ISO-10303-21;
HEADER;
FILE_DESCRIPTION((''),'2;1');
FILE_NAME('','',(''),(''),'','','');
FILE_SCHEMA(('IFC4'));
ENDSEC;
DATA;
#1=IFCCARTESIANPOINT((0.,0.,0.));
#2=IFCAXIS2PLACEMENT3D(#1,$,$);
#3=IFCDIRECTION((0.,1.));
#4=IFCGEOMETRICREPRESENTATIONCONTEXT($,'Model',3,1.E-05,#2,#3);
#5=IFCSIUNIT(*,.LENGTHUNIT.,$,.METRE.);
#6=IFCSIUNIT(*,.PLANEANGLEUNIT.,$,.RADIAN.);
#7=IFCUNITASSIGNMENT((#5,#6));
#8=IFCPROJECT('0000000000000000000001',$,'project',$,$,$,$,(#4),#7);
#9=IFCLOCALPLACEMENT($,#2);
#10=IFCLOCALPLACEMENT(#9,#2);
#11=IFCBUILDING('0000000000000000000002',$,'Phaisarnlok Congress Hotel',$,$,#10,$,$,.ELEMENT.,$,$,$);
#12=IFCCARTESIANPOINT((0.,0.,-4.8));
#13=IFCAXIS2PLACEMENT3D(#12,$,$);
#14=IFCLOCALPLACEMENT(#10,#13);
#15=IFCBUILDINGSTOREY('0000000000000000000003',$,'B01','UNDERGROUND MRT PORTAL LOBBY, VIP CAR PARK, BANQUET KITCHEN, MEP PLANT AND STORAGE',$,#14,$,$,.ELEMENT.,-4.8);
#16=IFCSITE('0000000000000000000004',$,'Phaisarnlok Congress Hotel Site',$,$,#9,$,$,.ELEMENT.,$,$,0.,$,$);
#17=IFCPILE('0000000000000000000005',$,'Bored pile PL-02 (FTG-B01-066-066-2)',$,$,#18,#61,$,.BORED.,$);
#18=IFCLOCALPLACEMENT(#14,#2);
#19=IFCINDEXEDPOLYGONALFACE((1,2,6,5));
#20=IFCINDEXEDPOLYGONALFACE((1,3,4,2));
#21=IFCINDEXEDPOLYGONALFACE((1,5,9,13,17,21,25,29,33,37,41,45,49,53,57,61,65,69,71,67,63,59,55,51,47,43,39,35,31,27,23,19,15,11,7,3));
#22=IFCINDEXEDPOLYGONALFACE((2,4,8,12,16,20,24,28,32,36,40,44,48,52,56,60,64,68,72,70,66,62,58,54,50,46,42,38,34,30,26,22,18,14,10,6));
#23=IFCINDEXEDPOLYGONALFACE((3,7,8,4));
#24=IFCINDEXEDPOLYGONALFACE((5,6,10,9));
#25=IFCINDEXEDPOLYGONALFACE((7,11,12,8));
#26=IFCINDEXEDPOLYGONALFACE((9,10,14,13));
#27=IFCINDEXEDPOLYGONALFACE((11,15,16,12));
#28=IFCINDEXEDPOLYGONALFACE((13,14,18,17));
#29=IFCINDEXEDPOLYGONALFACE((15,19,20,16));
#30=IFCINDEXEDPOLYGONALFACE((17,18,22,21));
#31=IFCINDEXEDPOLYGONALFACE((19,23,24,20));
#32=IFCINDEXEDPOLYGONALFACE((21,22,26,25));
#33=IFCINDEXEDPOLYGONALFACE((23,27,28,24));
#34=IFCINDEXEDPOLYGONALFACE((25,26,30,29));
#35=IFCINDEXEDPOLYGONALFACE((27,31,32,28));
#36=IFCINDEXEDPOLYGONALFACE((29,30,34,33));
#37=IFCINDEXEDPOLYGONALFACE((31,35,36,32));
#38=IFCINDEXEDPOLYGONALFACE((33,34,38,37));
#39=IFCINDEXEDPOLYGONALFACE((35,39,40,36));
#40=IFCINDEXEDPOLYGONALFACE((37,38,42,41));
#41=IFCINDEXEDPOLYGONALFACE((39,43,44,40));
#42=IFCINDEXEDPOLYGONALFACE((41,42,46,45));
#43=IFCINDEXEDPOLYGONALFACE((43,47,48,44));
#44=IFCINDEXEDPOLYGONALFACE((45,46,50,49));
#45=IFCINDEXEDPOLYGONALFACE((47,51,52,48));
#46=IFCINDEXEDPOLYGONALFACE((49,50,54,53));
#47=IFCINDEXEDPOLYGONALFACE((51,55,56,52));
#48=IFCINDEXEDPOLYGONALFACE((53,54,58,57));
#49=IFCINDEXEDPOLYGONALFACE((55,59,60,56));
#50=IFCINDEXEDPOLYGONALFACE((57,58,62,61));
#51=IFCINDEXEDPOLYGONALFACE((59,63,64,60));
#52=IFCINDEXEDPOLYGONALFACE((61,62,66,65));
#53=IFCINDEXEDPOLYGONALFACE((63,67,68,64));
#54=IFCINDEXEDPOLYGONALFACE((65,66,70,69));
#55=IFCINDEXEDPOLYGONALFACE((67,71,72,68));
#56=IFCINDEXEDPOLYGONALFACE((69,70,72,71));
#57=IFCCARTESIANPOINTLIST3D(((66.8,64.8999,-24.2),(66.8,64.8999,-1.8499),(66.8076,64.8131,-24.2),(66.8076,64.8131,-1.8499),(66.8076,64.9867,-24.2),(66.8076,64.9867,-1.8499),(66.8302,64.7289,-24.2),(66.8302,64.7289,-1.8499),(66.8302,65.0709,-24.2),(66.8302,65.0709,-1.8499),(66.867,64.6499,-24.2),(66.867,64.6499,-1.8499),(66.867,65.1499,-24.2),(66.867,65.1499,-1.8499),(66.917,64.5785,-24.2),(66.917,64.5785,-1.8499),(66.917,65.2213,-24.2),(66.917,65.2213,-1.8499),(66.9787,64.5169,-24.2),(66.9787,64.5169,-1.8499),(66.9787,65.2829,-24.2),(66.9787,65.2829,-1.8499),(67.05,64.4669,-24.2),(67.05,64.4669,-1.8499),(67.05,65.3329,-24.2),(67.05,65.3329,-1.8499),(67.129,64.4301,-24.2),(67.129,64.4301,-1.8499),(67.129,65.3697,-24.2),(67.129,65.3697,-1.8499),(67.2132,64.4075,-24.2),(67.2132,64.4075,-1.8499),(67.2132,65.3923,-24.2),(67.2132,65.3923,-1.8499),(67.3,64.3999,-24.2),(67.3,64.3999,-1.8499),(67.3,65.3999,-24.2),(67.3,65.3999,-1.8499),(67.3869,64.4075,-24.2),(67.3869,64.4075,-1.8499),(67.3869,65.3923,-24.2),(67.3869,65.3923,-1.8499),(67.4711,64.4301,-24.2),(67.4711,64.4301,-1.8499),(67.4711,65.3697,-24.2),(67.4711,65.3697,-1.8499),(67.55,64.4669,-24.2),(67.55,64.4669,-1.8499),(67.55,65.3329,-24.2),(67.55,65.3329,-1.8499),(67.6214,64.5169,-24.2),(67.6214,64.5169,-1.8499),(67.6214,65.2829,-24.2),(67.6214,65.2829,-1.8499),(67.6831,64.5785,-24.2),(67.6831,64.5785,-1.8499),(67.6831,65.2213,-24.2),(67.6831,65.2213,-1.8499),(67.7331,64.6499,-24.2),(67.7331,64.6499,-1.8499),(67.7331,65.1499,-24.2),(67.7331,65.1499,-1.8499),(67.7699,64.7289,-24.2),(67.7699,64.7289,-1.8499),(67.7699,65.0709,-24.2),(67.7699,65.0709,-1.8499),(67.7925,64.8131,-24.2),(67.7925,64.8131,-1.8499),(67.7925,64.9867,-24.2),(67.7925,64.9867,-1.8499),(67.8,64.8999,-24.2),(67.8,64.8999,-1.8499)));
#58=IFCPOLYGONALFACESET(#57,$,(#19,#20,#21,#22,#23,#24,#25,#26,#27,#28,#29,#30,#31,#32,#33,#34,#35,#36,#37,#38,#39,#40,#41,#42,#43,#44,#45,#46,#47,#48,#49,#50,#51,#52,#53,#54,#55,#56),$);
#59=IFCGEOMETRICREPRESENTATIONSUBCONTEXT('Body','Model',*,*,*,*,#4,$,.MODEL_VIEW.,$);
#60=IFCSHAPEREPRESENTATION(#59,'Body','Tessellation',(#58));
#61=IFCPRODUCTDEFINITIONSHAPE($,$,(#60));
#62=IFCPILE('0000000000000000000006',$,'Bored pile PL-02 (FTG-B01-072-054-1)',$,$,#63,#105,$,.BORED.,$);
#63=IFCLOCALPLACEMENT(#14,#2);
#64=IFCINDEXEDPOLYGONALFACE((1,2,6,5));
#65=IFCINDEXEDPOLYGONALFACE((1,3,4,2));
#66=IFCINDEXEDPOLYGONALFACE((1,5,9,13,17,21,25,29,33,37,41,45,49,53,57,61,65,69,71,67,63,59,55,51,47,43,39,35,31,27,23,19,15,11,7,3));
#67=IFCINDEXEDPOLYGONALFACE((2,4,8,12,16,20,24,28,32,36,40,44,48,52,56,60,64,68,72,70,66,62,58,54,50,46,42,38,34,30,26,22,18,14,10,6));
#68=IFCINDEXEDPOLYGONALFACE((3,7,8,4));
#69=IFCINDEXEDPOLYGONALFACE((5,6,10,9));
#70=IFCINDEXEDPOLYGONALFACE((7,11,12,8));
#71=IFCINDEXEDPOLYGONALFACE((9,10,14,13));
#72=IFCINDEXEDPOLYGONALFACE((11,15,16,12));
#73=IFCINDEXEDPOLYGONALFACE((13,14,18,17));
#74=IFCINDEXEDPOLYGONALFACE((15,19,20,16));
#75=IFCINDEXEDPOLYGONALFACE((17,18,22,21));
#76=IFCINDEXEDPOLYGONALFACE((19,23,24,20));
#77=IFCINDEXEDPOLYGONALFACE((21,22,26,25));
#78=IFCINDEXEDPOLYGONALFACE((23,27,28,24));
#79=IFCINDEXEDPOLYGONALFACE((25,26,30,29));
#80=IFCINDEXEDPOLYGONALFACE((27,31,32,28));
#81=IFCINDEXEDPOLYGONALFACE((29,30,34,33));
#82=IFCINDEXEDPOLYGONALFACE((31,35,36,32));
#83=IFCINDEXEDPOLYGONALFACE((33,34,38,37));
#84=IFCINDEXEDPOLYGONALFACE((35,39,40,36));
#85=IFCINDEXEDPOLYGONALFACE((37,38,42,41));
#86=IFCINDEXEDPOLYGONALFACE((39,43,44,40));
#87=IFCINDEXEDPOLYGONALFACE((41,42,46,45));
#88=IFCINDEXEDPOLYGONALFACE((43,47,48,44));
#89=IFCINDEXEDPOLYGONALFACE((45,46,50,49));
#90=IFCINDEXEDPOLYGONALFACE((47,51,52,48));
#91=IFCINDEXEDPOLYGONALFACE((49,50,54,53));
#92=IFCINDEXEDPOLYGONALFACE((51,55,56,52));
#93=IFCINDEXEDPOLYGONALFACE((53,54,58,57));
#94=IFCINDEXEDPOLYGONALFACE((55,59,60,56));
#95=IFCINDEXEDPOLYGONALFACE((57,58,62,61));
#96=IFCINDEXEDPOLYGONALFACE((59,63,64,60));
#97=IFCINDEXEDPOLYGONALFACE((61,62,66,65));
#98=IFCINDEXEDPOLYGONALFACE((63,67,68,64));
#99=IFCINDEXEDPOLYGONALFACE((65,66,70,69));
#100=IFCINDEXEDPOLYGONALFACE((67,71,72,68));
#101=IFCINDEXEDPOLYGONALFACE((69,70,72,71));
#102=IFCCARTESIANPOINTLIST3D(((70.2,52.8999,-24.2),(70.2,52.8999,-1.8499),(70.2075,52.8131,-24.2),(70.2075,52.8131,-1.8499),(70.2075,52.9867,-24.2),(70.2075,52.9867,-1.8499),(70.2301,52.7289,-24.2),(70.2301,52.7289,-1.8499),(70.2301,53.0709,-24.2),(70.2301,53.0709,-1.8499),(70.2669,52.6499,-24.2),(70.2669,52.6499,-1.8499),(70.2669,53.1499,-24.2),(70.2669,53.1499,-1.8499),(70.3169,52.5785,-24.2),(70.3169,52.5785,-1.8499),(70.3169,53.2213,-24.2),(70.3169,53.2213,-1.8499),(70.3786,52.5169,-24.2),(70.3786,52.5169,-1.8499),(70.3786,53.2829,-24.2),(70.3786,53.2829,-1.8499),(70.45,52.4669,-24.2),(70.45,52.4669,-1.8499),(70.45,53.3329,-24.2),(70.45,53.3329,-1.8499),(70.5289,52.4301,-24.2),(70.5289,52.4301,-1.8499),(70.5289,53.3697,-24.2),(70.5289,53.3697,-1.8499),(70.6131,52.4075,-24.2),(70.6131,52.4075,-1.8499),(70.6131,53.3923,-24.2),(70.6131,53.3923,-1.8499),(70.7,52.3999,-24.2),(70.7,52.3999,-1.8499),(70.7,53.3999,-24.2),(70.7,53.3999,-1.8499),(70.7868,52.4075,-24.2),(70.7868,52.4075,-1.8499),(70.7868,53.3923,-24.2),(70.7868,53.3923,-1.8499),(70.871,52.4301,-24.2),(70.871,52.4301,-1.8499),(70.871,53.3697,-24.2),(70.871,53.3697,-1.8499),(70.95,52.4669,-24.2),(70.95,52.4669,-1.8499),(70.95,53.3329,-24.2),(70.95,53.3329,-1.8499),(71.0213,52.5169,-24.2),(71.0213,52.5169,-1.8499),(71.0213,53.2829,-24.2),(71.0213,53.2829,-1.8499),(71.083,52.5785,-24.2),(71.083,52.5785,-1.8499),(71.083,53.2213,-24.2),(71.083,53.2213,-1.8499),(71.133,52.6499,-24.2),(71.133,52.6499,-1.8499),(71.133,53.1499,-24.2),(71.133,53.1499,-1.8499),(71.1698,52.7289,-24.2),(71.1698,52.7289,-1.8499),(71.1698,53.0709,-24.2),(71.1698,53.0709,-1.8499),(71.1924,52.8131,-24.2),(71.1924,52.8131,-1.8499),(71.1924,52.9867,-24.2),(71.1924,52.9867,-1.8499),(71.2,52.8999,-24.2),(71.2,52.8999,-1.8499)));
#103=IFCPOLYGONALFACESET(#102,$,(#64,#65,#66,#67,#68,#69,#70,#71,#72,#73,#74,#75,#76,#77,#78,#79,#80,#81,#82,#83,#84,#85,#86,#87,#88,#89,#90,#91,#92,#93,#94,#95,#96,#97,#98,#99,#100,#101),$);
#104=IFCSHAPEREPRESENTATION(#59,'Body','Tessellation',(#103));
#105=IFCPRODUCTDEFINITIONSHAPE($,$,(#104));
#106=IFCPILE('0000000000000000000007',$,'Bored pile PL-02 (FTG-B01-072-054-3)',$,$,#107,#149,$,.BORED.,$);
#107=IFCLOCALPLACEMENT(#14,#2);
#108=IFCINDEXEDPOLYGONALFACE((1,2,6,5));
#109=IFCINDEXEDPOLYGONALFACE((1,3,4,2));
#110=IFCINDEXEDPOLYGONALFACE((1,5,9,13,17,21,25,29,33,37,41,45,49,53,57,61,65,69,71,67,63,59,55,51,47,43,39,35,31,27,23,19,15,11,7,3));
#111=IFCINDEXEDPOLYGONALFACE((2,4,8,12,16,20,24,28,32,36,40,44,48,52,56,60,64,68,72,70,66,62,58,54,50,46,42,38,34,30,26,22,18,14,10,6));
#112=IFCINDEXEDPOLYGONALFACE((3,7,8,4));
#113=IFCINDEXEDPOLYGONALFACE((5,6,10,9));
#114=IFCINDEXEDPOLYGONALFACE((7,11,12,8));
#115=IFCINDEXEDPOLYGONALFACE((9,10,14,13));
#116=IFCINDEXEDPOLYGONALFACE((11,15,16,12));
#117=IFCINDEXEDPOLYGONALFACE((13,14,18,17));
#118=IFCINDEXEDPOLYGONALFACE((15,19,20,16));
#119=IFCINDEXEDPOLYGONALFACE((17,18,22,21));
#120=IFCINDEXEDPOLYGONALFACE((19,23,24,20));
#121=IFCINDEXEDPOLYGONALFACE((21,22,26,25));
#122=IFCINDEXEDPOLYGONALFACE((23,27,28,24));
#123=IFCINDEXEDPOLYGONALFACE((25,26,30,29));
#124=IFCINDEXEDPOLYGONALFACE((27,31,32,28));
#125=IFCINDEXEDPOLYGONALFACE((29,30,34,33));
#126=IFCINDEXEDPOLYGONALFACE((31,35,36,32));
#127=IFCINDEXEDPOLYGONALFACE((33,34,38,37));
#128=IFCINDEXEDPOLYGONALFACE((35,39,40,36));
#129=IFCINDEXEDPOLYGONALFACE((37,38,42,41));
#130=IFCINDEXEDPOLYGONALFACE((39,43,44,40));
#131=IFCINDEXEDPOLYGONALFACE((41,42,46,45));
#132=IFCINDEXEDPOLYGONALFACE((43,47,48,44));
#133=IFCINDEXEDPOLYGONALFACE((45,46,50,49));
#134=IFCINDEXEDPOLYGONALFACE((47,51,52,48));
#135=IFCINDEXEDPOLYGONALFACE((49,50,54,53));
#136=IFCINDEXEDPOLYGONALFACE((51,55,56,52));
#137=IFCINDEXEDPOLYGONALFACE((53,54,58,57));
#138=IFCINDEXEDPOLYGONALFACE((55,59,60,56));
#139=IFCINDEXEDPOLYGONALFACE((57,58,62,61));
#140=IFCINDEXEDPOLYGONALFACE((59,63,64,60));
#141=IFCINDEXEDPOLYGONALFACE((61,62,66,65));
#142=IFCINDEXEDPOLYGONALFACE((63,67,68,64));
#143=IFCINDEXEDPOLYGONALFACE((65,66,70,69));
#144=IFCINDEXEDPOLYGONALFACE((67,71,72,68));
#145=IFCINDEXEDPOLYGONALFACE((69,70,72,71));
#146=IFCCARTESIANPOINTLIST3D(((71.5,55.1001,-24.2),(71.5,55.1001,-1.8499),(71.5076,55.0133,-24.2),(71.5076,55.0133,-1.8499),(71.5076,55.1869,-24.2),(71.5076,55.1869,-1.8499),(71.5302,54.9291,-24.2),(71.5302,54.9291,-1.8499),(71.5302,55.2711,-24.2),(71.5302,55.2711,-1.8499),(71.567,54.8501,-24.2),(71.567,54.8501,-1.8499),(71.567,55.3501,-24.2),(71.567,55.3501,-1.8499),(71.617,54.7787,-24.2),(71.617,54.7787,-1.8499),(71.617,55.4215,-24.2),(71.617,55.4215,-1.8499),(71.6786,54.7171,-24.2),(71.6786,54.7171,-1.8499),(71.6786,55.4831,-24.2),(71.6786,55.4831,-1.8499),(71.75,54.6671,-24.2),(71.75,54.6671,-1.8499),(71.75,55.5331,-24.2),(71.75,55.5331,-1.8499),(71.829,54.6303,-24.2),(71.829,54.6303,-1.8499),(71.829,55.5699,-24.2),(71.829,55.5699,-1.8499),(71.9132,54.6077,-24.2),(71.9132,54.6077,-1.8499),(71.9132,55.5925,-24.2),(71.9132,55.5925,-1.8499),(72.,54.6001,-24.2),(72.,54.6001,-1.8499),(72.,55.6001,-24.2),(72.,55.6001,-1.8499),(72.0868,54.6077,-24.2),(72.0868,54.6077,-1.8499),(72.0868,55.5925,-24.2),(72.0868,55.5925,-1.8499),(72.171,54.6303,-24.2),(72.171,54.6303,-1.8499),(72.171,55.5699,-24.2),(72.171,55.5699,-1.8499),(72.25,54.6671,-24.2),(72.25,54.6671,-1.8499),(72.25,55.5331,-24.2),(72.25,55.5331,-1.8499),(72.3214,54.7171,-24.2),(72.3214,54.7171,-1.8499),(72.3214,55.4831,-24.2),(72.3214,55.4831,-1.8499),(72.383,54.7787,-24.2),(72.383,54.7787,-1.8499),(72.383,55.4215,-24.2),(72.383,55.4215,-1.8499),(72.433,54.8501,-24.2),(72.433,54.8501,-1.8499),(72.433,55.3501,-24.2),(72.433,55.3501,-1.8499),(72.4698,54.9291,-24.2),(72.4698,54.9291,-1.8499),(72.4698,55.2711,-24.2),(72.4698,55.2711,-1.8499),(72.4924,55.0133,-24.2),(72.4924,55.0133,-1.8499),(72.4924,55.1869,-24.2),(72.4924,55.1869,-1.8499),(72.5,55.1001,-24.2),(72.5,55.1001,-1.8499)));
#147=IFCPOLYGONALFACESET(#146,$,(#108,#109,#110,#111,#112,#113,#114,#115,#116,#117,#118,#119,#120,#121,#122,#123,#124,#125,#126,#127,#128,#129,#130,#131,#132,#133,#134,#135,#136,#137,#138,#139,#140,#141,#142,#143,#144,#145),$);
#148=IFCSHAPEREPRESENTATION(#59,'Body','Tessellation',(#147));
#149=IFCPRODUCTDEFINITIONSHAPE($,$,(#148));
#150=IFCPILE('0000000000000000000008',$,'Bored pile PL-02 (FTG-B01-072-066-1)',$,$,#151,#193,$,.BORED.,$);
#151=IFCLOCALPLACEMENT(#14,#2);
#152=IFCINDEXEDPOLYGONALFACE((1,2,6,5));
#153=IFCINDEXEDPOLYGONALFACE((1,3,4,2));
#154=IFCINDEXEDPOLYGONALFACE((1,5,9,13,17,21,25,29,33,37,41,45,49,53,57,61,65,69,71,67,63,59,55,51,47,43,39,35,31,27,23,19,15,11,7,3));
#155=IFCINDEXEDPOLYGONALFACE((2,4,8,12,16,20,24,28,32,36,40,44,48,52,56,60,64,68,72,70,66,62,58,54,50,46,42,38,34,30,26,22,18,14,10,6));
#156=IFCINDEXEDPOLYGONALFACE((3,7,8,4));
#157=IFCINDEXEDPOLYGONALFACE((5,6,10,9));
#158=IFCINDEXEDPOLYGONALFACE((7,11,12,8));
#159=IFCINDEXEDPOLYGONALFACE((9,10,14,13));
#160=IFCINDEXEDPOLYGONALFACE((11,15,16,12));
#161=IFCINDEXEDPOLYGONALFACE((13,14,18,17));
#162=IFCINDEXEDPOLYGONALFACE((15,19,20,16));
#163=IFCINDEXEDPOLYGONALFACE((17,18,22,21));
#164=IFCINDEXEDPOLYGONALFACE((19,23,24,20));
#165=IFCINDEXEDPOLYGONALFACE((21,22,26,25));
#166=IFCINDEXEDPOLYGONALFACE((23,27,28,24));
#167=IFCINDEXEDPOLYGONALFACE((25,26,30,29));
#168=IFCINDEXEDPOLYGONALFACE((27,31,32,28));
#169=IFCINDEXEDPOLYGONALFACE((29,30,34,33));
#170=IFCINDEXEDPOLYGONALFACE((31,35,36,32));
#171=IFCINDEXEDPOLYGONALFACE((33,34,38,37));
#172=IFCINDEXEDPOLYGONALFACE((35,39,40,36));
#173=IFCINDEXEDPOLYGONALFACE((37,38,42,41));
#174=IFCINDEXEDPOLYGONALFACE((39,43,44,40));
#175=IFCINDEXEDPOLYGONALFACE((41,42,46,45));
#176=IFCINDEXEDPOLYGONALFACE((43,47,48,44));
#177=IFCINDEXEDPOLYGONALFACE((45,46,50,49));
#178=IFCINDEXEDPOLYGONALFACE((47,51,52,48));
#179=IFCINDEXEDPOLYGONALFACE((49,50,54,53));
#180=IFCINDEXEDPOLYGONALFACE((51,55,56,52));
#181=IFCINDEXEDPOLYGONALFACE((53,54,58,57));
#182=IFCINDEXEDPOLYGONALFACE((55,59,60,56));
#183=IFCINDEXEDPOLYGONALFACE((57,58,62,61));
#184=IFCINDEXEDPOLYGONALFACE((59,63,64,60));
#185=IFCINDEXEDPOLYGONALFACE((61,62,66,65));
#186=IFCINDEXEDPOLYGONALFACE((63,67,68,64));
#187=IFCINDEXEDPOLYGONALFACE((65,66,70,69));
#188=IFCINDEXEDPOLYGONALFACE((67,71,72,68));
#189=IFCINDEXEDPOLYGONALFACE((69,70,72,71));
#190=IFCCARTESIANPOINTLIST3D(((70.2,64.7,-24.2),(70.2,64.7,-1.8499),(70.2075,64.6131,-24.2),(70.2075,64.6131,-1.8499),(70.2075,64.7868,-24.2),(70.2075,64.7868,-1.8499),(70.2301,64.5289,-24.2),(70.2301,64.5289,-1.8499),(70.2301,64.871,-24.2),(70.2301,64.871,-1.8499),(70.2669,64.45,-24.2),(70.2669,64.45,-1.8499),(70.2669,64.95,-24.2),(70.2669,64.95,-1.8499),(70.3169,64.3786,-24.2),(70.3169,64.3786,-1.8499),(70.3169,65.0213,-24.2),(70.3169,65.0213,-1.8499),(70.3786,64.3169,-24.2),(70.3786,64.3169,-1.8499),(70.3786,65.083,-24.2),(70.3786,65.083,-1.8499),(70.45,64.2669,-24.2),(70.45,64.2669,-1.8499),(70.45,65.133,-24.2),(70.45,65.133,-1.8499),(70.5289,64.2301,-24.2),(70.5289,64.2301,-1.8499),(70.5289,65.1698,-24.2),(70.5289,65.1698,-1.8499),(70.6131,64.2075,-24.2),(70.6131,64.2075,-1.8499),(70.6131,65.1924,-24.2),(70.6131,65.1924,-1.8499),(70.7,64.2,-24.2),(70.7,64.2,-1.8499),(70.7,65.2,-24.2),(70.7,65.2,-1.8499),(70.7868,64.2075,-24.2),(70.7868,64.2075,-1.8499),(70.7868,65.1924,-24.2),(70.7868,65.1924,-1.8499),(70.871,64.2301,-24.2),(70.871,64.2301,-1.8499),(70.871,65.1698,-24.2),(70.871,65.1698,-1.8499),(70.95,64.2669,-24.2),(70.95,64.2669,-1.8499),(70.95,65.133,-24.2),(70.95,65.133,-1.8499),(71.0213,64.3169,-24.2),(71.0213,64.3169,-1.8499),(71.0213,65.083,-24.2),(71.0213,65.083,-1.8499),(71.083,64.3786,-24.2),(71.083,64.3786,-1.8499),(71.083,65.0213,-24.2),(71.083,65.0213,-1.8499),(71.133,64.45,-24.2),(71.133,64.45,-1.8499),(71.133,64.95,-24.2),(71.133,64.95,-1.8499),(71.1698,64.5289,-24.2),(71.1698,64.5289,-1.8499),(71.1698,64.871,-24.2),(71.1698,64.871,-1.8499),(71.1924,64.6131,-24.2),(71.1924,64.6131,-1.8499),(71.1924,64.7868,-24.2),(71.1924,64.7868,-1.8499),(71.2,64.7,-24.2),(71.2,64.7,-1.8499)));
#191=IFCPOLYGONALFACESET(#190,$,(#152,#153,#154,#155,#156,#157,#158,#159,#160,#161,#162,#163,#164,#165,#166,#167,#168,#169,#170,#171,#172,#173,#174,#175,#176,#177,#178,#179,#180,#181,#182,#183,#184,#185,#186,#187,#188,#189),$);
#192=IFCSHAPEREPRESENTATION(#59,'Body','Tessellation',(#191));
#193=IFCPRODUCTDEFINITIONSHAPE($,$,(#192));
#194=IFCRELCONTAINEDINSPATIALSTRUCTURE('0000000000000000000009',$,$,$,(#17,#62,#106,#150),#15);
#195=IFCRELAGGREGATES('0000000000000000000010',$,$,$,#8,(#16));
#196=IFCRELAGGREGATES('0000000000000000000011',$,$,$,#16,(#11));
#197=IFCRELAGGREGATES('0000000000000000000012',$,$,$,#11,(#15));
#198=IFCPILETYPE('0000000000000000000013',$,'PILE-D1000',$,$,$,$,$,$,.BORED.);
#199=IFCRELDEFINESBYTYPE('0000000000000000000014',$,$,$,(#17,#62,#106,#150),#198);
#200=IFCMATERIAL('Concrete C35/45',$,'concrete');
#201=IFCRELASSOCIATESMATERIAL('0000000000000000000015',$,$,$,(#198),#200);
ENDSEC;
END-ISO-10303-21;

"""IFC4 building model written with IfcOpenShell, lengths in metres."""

from ifc_helpers import new_model, si_unit, direction, frame, origin, origin_2d, place, context, subcontext, project, spatial, circle, extrude, material, material_profile, profile_set, type_object, element, save


model = new_model("IFC4")

# Units and contexts
model_context = context("Model", 3, precision=1e-05, world=origin(), true_north=direction((0.0, 1.0)))
body_context = subcontext(model_context, "Body", "Model", "MODEL_VIEW")
ifc_project = project(units=[si_unit("LENGTHUNIT", "METRE"), si_unit("PLANEANGLEUNIT", "RADIAN")], contexts=[model_context])

# Site, building, storey
site_placement = place(None, origin())
site = spatial("IfcSite", under=ifc_project, at=site_placement, Name="Phaisarnlok Congress Hotel Site", CompositionType="ELEMENT", RefElevation=0.0)
building_placement = place(site_placement, origin())
building = spatial("IfcBuilding", under=site, at=building_placement, Name="Phaisarnlok Congress Hotel", CompositionType="ELEMENT")
storey_placement = place(building_placement, frame((0.0, 0.0, -4.8)))
storey = spatial("IfcBuildingStorey", under=building, at=storey_placement, Name="B01", Description="UNDERGROUND MRT PORTAL LOBBY, VIP CAR PARK, BANQUET KITCHEN, MEP PLANT AND STORAGE", CompositionType="ELEMENT", Elevation=-4.8)

# Piles
ifc_material_1 = material(Name="Concrete C35/45", Category="concrete")
ifc_material_profile_1 = material_profile(ifc_material_1, circle(Radius=0.5, at=origin_2d()), Name="BORED PILE D1000")
ifc_profile_set_1 = profile_set([ifc_material_profile_1], Name="Concrete C35/45")
pile_type_1 = type_object("IfcPileType", Name="PILE-D1000", PredefinedType="BORED", material=ifc_profile_set_1)
for number, where, z_axis, x_axis, name in (
    (1, (67.3, 64.8999, -1.8499), (0.0, 0.0, -1.0), (1.0, 0.0, 0.0), "Bored pile PL-02 (FTG-B01-066-066-2)"),
    (2, (70.7, 52.8999, -1.8499), (0.0, 0.0, -1.0), (1.0, 0.0, 0.0), "Bored pile PL-02 (FTG-B01-072-054-1)"),
    (3, (72.0, 55.1001, -1.8499), (0.0, 0.0, -1.0), (1.0, 0.0, 0.0), "Bored pile PL-02 (FTG-B01-072-054-3)"),
    (4, (70.7, 64.7, -1.8499), (0.0, 0.0, -1.0), (1.0, 0.0, 0.0), "Bored pile PL-02 (FTG-B01-072-066-1)"),
):
    element("IfcPile", number, at=place(storey_placement, frame(where, z_axis=z_axis, x_axis=x_axis)), inside=storey, type_object=pile_type_1, Name=name, PredefinedType="BORED", context=body_context, shape_type="SweptSolid", body=[
        extrude(circle(Radius=0.5, at=origin_2d()), origin(), (0.0, 0.0, 1.0), 22.3501),
    ])

save(model, "model.ifc")
